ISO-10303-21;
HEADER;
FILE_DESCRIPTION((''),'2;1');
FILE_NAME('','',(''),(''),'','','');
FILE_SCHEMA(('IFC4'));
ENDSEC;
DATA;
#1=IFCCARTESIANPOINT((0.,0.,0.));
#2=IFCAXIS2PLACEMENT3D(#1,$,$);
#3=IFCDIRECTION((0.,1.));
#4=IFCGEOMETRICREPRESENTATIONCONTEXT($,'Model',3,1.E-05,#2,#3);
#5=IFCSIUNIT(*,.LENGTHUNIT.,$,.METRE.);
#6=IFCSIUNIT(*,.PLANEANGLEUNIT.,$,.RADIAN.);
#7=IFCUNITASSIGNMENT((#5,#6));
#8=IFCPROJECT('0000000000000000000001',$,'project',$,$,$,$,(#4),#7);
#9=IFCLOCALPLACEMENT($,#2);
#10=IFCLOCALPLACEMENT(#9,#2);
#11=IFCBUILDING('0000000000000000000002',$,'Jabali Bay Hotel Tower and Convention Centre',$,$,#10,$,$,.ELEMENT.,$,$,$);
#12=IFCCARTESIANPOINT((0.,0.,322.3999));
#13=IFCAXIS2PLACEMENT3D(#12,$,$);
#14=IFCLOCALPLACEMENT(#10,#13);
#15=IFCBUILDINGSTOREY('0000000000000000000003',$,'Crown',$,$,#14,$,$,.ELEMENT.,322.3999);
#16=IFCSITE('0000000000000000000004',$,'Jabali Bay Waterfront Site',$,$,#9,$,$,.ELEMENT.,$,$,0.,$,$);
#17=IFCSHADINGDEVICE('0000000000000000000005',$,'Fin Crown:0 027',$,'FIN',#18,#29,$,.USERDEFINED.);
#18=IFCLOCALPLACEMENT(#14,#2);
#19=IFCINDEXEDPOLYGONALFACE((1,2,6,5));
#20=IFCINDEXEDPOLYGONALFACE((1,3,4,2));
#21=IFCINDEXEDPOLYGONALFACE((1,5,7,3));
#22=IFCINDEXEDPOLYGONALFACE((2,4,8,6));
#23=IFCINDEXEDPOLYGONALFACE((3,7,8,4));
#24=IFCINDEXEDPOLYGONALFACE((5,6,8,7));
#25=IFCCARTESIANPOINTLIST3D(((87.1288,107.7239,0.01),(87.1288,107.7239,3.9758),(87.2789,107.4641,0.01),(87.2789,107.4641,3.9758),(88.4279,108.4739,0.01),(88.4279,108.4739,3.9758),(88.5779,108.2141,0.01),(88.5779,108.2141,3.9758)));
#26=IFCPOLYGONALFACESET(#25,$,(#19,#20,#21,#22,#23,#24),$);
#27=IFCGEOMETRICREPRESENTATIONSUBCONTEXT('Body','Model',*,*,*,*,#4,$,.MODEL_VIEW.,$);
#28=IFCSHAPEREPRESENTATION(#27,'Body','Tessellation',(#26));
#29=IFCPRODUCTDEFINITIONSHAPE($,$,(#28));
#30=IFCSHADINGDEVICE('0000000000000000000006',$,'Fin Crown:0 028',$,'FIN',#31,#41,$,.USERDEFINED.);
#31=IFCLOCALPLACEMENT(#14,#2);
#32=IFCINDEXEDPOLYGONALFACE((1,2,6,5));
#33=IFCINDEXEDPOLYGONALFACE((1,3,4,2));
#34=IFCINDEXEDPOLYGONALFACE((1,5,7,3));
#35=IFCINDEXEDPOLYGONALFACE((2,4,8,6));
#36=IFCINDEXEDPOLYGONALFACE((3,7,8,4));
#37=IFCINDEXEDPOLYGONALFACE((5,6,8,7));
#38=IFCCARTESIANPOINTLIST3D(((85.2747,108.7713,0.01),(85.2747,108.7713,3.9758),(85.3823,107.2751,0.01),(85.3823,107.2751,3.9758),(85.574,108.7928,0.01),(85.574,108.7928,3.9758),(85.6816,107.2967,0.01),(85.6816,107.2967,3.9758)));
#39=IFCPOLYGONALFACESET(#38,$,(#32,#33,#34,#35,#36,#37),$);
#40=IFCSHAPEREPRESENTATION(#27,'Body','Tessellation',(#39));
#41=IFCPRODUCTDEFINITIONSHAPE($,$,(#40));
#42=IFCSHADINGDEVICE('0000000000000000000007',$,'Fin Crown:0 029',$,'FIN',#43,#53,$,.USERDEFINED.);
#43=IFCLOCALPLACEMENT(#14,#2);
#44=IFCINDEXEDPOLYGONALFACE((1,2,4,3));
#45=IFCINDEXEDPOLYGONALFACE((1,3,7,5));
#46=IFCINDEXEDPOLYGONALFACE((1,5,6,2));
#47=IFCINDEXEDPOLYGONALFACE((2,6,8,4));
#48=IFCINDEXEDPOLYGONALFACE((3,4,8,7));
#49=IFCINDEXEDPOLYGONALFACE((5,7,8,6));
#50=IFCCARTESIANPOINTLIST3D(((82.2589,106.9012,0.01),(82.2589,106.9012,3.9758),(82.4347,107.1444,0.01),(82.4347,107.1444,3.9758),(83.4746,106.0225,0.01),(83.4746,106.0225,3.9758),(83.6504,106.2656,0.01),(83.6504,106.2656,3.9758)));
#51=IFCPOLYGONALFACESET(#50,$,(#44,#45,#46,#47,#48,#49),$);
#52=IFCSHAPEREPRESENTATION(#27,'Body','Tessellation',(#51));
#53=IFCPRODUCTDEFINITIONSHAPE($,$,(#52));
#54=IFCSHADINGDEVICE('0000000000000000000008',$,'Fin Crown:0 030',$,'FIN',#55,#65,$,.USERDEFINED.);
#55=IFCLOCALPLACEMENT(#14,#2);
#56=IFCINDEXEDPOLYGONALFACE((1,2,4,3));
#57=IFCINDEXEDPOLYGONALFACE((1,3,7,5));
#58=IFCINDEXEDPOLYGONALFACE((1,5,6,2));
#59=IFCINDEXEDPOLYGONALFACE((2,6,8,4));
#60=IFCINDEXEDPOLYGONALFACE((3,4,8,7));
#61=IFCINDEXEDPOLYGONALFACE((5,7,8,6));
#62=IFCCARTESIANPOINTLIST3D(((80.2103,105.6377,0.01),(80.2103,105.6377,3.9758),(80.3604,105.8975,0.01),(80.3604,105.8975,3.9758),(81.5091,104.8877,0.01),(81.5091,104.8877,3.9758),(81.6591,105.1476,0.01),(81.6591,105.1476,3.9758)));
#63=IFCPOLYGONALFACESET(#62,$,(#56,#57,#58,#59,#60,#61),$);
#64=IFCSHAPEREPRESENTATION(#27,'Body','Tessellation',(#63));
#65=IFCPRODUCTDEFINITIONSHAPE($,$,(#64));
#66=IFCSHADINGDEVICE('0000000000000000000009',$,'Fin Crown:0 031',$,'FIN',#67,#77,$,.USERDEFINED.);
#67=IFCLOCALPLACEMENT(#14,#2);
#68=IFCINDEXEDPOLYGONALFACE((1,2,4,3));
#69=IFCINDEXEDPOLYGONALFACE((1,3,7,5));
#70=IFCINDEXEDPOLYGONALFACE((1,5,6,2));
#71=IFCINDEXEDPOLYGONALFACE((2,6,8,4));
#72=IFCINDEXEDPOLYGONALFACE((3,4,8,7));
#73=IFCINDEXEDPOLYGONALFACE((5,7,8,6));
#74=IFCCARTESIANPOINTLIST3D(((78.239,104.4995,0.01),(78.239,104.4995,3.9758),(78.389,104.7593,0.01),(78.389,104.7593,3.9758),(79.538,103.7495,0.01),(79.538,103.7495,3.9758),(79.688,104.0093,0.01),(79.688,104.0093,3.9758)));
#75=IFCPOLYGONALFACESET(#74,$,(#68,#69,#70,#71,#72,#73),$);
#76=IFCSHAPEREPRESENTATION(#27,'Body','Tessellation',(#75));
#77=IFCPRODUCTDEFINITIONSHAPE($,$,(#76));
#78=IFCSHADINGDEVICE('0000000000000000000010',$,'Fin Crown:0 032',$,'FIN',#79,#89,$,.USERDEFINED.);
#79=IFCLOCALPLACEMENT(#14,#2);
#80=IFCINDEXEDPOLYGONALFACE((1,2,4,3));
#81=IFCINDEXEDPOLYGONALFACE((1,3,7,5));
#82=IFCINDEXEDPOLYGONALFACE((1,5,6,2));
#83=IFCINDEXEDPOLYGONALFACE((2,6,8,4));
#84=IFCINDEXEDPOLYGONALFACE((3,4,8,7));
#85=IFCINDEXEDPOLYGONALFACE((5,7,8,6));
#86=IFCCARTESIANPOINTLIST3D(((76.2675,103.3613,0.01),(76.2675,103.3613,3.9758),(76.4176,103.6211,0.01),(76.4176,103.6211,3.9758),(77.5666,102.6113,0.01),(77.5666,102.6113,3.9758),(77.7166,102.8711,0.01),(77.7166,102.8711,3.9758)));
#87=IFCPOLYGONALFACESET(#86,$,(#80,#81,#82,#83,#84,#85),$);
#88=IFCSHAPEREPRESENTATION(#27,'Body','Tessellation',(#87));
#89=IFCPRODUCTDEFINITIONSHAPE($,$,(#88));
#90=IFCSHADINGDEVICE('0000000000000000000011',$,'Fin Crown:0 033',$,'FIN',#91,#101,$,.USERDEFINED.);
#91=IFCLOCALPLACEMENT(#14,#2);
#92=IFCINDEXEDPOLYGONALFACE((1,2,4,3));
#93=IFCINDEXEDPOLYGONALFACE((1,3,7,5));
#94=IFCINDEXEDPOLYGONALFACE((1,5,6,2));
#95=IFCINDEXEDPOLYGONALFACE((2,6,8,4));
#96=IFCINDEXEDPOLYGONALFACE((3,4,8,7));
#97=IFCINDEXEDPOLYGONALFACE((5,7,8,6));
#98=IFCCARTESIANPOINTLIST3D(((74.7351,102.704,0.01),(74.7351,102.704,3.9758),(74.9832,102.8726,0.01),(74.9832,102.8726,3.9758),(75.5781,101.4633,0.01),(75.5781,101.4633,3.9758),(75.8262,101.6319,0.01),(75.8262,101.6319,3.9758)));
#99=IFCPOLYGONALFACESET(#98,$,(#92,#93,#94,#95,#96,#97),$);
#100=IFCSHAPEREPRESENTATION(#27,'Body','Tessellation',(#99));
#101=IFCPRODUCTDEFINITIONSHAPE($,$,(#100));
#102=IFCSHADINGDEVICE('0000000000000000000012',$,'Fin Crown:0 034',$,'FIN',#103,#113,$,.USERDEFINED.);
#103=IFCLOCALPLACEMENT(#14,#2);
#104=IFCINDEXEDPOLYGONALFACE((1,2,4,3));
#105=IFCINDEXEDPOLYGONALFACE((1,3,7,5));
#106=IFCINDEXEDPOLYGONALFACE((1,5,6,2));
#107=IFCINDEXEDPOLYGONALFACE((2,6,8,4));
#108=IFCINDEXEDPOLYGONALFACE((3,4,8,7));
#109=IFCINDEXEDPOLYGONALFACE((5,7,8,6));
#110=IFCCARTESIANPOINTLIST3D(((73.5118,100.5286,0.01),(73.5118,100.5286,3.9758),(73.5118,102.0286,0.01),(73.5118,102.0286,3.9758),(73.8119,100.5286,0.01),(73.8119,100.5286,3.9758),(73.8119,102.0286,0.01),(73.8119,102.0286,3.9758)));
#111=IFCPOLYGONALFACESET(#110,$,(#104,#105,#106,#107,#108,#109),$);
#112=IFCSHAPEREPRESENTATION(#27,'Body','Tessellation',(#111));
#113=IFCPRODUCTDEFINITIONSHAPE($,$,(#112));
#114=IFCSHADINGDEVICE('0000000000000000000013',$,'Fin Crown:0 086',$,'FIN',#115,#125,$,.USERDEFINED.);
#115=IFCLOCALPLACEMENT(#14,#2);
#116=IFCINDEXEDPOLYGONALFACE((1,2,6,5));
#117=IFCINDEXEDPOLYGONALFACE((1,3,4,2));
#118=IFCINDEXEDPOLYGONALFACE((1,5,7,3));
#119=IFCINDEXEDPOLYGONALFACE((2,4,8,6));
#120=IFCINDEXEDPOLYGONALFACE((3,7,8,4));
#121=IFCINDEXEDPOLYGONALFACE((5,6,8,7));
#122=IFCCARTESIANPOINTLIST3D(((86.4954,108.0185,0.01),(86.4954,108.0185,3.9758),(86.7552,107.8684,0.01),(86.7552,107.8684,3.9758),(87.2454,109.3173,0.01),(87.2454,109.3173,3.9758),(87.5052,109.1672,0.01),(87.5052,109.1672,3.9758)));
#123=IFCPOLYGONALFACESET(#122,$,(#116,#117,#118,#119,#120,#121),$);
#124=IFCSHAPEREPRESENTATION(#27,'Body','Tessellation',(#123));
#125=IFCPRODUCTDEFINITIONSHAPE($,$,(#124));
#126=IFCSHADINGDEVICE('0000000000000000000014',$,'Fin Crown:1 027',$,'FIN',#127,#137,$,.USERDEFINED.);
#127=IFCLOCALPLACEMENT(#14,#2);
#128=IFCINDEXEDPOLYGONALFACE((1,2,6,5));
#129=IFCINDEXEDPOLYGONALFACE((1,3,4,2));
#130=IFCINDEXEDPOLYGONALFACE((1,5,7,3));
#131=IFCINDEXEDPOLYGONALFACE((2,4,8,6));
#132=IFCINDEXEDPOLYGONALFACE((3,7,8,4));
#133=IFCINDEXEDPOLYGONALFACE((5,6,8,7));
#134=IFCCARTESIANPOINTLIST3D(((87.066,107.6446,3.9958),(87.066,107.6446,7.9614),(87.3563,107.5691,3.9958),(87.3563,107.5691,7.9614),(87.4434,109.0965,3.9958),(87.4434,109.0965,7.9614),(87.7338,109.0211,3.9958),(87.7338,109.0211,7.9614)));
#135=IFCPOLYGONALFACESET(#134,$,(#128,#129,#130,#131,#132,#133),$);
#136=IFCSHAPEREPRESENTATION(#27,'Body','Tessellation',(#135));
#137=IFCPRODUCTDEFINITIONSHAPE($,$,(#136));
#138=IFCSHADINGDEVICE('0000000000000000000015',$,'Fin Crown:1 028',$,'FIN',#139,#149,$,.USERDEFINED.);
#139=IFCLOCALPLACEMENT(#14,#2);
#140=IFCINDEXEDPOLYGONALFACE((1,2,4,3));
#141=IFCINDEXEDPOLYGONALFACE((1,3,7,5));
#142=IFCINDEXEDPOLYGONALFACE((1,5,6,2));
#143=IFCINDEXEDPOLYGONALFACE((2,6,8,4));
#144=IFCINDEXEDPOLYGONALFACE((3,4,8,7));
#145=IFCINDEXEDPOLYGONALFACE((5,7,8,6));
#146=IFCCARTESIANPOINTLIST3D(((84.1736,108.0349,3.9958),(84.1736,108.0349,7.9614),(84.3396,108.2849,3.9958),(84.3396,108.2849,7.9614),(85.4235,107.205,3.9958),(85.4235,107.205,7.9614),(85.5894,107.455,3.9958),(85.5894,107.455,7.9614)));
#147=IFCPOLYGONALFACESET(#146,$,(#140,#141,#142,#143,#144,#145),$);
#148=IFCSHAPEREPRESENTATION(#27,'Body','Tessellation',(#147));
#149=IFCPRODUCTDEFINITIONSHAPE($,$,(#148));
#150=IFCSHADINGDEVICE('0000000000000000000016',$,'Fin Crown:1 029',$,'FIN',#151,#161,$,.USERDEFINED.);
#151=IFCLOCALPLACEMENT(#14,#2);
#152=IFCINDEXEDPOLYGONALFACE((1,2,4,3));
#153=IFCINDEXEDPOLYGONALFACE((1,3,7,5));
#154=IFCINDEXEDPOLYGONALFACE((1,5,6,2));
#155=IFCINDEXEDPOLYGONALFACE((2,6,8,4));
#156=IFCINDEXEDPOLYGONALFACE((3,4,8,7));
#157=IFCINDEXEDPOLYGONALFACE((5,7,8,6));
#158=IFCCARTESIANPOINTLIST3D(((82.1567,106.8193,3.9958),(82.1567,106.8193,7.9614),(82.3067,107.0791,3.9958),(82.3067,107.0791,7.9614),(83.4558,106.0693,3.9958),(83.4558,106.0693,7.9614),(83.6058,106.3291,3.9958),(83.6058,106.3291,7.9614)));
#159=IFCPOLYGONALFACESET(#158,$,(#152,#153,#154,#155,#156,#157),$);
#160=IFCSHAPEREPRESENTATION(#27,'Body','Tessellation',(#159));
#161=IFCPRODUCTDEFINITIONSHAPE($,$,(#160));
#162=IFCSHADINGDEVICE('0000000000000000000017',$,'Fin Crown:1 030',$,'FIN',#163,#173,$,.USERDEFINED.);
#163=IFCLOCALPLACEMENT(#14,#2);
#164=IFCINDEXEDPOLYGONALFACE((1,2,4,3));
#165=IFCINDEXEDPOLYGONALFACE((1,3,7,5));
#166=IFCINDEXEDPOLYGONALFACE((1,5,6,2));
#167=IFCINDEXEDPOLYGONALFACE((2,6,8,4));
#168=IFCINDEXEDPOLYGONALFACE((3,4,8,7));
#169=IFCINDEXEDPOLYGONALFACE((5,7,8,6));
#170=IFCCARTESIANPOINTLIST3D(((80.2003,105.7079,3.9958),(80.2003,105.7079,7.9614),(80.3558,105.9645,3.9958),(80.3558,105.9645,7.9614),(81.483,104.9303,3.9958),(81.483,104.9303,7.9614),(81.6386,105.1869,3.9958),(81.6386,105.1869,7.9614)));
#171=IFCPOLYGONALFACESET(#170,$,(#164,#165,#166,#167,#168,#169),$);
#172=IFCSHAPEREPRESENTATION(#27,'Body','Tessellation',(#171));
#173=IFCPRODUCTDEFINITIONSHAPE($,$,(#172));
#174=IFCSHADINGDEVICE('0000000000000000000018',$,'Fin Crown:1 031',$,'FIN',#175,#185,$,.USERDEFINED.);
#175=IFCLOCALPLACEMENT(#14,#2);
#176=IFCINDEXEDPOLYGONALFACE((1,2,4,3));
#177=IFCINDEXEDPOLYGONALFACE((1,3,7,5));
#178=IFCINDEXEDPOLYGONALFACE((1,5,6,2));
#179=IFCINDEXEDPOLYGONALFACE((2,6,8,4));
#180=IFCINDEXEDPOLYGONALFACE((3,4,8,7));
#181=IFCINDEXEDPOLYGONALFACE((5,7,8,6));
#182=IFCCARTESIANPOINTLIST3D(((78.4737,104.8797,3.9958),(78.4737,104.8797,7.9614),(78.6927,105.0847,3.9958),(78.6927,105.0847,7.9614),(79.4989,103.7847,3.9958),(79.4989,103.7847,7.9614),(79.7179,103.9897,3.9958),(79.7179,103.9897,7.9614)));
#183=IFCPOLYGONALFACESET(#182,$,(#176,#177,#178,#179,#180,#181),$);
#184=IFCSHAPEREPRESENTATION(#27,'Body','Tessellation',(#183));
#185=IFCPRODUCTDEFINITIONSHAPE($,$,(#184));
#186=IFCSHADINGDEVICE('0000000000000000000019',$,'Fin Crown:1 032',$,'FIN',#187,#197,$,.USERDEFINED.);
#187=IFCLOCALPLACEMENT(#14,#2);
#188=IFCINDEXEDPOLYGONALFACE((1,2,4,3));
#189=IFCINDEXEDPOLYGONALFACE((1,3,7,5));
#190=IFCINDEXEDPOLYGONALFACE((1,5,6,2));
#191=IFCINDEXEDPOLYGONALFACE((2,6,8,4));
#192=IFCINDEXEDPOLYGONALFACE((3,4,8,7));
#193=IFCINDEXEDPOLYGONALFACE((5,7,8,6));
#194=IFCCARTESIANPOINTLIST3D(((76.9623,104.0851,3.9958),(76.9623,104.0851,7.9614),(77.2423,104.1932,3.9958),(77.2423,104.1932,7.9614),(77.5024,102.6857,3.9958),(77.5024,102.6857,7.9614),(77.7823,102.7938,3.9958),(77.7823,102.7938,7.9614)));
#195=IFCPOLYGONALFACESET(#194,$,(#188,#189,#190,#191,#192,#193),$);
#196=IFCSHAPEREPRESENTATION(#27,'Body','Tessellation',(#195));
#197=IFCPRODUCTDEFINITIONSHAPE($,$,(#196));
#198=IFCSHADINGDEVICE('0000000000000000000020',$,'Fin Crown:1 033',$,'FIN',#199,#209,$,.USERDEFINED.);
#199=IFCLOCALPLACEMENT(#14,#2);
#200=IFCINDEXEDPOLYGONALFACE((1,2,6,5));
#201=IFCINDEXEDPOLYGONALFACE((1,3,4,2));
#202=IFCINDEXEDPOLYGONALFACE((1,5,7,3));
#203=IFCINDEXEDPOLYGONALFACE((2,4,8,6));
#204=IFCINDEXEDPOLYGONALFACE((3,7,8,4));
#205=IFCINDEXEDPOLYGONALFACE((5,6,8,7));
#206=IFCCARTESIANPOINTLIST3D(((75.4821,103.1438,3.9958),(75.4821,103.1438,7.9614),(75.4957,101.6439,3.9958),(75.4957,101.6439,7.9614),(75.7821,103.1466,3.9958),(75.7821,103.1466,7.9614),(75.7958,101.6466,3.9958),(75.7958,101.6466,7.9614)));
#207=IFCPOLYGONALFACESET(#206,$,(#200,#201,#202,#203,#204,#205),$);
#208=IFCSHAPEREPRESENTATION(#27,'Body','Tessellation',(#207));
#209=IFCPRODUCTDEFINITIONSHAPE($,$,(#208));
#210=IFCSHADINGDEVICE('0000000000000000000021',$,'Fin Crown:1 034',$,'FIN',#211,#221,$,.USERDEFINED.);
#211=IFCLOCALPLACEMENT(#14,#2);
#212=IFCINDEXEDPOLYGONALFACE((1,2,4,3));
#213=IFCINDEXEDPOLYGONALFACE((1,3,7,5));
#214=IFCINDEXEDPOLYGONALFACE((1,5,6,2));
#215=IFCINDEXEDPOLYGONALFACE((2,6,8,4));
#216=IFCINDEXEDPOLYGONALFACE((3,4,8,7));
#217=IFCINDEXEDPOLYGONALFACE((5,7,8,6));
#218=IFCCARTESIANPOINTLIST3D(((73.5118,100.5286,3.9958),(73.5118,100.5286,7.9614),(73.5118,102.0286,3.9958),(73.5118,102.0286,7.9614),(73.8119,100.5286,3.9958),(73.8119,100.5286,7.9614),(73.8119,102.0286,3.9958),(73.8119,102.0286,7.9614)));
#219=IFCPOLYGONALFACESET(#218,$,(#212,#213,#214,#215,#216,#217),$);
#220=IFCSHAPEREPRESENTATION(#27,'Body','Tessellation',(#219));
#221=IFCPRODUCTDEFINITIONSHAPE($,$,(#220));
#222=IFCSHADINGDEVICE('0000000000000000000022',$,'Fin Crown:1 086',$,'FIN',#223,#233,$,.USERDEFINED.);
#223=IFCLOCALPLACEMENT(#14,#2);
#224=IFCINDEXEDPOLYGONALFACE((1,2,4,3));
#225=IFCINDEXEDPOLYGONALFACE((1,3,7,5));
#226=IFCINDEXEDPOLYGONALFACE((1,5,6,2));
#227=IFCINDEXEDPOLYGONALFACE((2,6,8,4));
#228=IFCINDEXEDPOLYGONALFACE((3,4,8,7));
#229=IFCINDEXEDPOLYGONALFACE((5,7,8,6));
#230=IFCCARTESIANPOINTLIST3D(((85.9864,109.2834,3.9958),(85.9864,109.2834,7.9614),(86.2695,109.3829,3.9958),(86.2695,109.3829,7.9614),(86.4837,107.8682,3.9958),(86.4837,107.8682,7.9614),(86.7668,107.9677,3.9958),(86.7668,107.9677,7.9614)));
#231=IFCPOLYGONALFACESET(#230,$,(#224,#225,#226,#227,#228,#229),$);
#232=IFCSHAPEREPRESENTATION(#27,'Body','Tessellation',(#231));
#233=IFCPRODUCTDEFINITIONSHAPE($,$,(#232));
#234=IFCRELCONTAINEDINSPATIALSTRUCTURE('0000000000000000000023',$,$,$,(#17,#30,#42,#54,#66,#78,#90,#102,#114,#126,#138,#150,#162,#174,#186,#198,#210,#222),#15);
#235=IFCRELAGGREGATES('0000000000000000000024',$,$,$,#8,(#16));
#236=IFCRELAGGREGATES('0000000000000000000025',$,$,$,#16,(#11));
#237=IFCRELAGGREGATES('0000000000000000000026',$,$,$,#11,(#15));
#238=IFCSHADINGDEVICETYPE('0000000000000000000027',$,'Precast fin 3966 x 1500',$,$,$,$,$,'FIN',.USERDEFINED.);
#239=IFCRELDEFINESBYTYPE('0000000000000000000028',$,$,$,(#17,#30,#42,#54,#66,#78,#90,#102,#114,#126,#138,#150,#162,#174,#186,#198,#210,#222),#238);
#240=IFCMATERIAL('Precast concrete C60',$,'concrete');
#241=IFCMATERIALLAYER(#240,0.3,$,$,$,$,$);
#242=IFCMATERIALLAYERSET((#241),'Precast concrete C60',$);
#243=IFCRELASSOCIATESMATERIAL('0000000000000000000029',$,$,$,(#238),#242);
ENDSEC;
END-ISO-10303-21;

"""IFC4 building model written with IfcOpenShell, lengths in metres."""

from ifc_helpers import new_model, si_unit, direction, frame, frame_2d, origin, place, context, subcontext, project, spatial, rectangle, extrude, material, layer, layer_set, type_object, element, save


model = new_model("IFC4")

# Units and contexts
model_context = context("Model", 3, precision=1e-05, world=origin(), true_north=direction((0.0, 1.0)))
body_context = subcontext(model_context, "Body", "Model", "MODEL_VIEW")
ifc_project = project(units=[si_unit("LENGTHUNIT", "METRE"), si_unit("PLANEANGLEUNIT", "RADIAN")], contexts=[model_context])

# Site, building, storey
site_placement = place(None, origin())
site = spatial("IfcSite", under=ifc_project, at=site_placement, Name="Jabali Bay Waterfront Site", CompositionType="ELEMENT", RefElevation=0.0)
building_placement = place(site_placement, origin())
building = spatial("IfcBuilding", under=site, at=building_placement, Name="Jabali Bay Hotel Tower and Convention Centre", CompositionType="ELEMENT")
storey_placement = place(building_placement, frame((0.0, 0.0, 322.3999)))
storey = spatial("IfcBuildingStorey", under=building, at=storey_placement, Name="Crown", CompositionType="ELEMENT", Elevation=322.3999)

# Shading devices
ifc_material_1 = material(Name="Precast concrete C60", Category="concrete")
ifc_layer = layer(ifc_material_1, 0.3)
ifc_layer_set = layer_set([ifc_layer], Name="Precast concrete C60")
shading_device_type = type_object("IfcShadingDeviceType", Name="Precast fin 3966 x 1500", ElementType="FIN", PredefinedType="USERDEFINED", material=ifc_layer_set)
for number, where, z_axis, x_axis, name in (
    (1, (87.2039, 107.594, 0.01), (0.0, 0.0, 1.0), (0.866031, 0.49999, 0.0), "Fin Crown:0 027"),
    (2, (85.532, 107.2859, 0.01), (0.0, 0.0, 1.0), (-0.071779, 0.997421, 0.0), "Fin Crown:0 028"),
    (3, (83.5625, 106.144, 0.01), (0.0, 0.0, 1.0), (-0.810443, 0.585817, 0.0), "Fin Crown:0 029"),
):
    element("IfcShadingDevice", number, at=place(storey_placement, frame(where, z_axis=z_axis, x_axis=x_axis)), inside=storey, type_object=shading_device_type, Name=name, ObjectType="FIN", PredefinedType="USERDEFINED", context=body_context, shape_type="SweptSolid", body=[
        extrude(rectangle(XDim=1.5, YDim=0.3, at=frame_2d((0.75, 0.0))), origin(), (0.0, 0.0, 1.0), 3.9658),
    ])
shading_device_1_placement = place(storey_placement, frame((81.5842, 105.0176, 0.01), z_axis=(0.0, 0.0, 1.0), x_axis=(-0.86599, 0.500061, 0.0)))
element("IfcShadingDevice", 4, at=shading_device_1_placement, inside=storey, type_object=shading_device_type, Name="Fin Crown:0 030", ObjectType="FIN", PredefinedType="USERDEFINED", context=body_context, shape_type="SweptSolid", body=[
    extrude(rectangle(XDim=1.4998, YDim=0.3, at=frame_2d((0.75, 0.0))), origin(), (0.0, 0.0, 1.0), 3.9658),
])
for number, where, z_axis, x_axis, name in (
    (5, (79.613, 103.8794, 0.01), (0.0, 0.0, 1.0), (-0.866031, 0.49999, 0.0), "Fin Crown:0 031"),
    (6, (77.6416, 102.7412, 0.01), (0.0, 0.0, 1.0), (-0.866031, 0.49999, 0.0), "Fin Crown:0 032"),
    (7, (75.7021, 101.5476, 0.01), (0.0, 0.0, 1.0), (-0.562003, 0.827135, 0.0), "Fin Crown:0 033"),
    (8, (73.6619, 100.5286, 0.01), (0.0, 0.0, 1.0), (0.0, 1.0, 0.0), "Fin Crown:0 034"),
):
    element("IfcShadingDevice", number, at=place(storey_placement, frame(where, z_axis=z_axis, x_axis=x_axis)), inside=storey, type_object=shading_device_type, Name=name, ObjectType="FIN", PredefinedType="USERDEFINED", context=body_context, shape_type="SweptSolid", body=[
        extrude(rectangle(XDim=1.5, YDim=0.3, at=frame_2d((0.75, 0.0))), origin(), (0.0, 0.0, 1.0), 3.9658),
    ])
shading_device_2_placement = place(storey_placement, frame((86.6252, 107.9434, 0.01), z_axis=(0.0, 0.0, 1.0), x_axis=(0.500061, 0.86599, 0.0)))
element("IfcShadingDevice", 9, at=shading_device_2_placement, inside=storey, type_object=shading_device_type, Name="Fin Crown:0 086", ObjectType="FIN", PredefinedType="USERDEFINED", context=body_context, shape_type="SweptSolid", body=[
    extrude(rectangle(XDim=1.4998, YDim=0.3, at=frame_2d((0.75, 0.0))), origin(), (0.0, 0.0, 1.0), 3.9658),
])
for number, where, z_axis, x_axis, name in (
    (10, (87.2112, 107.6069, 3.9958), (0.0, 0.0, 1.0), (0.2516, 0.967831, 0.0), "Fin Crown:1 027"),
    (11, (85.5063, 107.3301, 3.9958), (0.0, 0.0, 1.0), (-0.833075, 0.553159, 0.0), "Fin Crown:1 028"),
):
    element("IfcShadingDevice", number, at=place(storey_placement, frame(where, z_axis=z_axis, x_axis=x_axis)), inside=storey, type_object=shading_device_type, Name=name, ObjectType="FIN", PredefinedType="USERDEFINED", context=body_context, shape_type="SweptSolid", body=[
        extrude(rectangle(XDim=1.5002, YDim=0.3, at=frame_2d((0.75, 0.0))), origin(), (0.0, 0.0, 1.0), 3.9656),
    ])
for number, where, z_axis, x_axis, name in (
    (12, (83.5308, 106.1992, 3.9958), (0.0, 0.0, 1.0), (-0.866031, 0.49999, 0.0), "Fin Crown:1 029"),
    (13, (81.5608, 105.0586, 3.9958), (0.0, 0.0, 1.0), (-0.855143, 0.518392, 0.0), "Fin Crown:1 030"),
    (14, (79.6084, 103.8872, 3.9958), (0.0, 0.0, 1.0), (-0.683448, 0.729999, 0.0), "Fin Crown:1 031"),
    (15, (77.6423, 102.7397, 3.9958), (0.0, 0.0, 1.0), (-0.360026, 0.932942, 0.0), "Fin Crown:1 032"),
    (16, (75.6458, 101.6453, 3.9958), (0.0, 0.0, 1.0), (-0.009114, 0.999958, 0.0), "Fin Crown:1 033"),
    (17, (73.6619, 100.5286, 3.9958), (0.0, 0.0, 1.0), (0.0, 1.0, 0.0), "Fin Crown:1 034"),
    (18, (86.6252, 107.918, 3.9958), (0.0, 0.0, 1.0), (-0.331517, 0.943449, 0.0), "Fin Crown:1 086"),
):
    element("IfcShadingDevice", number, at=place(storey_placement, frame(where, z_axis=z_axis, x_axis=x_axis)), inside=storey, type_object=shading_device_type, Name=name, ObjectType="FIN", PredefinedType="USERDEFINED", context=body_context, shape_type="SweptSolid", body=[
        extrude(rectangle(XDim=1.5, YDim=0.3, at=frame_2d((0.75, 0.0))), origin(), (0.0, 0.0, 1.0), 3.9656),
    ])

save(model, "model.ifc")
